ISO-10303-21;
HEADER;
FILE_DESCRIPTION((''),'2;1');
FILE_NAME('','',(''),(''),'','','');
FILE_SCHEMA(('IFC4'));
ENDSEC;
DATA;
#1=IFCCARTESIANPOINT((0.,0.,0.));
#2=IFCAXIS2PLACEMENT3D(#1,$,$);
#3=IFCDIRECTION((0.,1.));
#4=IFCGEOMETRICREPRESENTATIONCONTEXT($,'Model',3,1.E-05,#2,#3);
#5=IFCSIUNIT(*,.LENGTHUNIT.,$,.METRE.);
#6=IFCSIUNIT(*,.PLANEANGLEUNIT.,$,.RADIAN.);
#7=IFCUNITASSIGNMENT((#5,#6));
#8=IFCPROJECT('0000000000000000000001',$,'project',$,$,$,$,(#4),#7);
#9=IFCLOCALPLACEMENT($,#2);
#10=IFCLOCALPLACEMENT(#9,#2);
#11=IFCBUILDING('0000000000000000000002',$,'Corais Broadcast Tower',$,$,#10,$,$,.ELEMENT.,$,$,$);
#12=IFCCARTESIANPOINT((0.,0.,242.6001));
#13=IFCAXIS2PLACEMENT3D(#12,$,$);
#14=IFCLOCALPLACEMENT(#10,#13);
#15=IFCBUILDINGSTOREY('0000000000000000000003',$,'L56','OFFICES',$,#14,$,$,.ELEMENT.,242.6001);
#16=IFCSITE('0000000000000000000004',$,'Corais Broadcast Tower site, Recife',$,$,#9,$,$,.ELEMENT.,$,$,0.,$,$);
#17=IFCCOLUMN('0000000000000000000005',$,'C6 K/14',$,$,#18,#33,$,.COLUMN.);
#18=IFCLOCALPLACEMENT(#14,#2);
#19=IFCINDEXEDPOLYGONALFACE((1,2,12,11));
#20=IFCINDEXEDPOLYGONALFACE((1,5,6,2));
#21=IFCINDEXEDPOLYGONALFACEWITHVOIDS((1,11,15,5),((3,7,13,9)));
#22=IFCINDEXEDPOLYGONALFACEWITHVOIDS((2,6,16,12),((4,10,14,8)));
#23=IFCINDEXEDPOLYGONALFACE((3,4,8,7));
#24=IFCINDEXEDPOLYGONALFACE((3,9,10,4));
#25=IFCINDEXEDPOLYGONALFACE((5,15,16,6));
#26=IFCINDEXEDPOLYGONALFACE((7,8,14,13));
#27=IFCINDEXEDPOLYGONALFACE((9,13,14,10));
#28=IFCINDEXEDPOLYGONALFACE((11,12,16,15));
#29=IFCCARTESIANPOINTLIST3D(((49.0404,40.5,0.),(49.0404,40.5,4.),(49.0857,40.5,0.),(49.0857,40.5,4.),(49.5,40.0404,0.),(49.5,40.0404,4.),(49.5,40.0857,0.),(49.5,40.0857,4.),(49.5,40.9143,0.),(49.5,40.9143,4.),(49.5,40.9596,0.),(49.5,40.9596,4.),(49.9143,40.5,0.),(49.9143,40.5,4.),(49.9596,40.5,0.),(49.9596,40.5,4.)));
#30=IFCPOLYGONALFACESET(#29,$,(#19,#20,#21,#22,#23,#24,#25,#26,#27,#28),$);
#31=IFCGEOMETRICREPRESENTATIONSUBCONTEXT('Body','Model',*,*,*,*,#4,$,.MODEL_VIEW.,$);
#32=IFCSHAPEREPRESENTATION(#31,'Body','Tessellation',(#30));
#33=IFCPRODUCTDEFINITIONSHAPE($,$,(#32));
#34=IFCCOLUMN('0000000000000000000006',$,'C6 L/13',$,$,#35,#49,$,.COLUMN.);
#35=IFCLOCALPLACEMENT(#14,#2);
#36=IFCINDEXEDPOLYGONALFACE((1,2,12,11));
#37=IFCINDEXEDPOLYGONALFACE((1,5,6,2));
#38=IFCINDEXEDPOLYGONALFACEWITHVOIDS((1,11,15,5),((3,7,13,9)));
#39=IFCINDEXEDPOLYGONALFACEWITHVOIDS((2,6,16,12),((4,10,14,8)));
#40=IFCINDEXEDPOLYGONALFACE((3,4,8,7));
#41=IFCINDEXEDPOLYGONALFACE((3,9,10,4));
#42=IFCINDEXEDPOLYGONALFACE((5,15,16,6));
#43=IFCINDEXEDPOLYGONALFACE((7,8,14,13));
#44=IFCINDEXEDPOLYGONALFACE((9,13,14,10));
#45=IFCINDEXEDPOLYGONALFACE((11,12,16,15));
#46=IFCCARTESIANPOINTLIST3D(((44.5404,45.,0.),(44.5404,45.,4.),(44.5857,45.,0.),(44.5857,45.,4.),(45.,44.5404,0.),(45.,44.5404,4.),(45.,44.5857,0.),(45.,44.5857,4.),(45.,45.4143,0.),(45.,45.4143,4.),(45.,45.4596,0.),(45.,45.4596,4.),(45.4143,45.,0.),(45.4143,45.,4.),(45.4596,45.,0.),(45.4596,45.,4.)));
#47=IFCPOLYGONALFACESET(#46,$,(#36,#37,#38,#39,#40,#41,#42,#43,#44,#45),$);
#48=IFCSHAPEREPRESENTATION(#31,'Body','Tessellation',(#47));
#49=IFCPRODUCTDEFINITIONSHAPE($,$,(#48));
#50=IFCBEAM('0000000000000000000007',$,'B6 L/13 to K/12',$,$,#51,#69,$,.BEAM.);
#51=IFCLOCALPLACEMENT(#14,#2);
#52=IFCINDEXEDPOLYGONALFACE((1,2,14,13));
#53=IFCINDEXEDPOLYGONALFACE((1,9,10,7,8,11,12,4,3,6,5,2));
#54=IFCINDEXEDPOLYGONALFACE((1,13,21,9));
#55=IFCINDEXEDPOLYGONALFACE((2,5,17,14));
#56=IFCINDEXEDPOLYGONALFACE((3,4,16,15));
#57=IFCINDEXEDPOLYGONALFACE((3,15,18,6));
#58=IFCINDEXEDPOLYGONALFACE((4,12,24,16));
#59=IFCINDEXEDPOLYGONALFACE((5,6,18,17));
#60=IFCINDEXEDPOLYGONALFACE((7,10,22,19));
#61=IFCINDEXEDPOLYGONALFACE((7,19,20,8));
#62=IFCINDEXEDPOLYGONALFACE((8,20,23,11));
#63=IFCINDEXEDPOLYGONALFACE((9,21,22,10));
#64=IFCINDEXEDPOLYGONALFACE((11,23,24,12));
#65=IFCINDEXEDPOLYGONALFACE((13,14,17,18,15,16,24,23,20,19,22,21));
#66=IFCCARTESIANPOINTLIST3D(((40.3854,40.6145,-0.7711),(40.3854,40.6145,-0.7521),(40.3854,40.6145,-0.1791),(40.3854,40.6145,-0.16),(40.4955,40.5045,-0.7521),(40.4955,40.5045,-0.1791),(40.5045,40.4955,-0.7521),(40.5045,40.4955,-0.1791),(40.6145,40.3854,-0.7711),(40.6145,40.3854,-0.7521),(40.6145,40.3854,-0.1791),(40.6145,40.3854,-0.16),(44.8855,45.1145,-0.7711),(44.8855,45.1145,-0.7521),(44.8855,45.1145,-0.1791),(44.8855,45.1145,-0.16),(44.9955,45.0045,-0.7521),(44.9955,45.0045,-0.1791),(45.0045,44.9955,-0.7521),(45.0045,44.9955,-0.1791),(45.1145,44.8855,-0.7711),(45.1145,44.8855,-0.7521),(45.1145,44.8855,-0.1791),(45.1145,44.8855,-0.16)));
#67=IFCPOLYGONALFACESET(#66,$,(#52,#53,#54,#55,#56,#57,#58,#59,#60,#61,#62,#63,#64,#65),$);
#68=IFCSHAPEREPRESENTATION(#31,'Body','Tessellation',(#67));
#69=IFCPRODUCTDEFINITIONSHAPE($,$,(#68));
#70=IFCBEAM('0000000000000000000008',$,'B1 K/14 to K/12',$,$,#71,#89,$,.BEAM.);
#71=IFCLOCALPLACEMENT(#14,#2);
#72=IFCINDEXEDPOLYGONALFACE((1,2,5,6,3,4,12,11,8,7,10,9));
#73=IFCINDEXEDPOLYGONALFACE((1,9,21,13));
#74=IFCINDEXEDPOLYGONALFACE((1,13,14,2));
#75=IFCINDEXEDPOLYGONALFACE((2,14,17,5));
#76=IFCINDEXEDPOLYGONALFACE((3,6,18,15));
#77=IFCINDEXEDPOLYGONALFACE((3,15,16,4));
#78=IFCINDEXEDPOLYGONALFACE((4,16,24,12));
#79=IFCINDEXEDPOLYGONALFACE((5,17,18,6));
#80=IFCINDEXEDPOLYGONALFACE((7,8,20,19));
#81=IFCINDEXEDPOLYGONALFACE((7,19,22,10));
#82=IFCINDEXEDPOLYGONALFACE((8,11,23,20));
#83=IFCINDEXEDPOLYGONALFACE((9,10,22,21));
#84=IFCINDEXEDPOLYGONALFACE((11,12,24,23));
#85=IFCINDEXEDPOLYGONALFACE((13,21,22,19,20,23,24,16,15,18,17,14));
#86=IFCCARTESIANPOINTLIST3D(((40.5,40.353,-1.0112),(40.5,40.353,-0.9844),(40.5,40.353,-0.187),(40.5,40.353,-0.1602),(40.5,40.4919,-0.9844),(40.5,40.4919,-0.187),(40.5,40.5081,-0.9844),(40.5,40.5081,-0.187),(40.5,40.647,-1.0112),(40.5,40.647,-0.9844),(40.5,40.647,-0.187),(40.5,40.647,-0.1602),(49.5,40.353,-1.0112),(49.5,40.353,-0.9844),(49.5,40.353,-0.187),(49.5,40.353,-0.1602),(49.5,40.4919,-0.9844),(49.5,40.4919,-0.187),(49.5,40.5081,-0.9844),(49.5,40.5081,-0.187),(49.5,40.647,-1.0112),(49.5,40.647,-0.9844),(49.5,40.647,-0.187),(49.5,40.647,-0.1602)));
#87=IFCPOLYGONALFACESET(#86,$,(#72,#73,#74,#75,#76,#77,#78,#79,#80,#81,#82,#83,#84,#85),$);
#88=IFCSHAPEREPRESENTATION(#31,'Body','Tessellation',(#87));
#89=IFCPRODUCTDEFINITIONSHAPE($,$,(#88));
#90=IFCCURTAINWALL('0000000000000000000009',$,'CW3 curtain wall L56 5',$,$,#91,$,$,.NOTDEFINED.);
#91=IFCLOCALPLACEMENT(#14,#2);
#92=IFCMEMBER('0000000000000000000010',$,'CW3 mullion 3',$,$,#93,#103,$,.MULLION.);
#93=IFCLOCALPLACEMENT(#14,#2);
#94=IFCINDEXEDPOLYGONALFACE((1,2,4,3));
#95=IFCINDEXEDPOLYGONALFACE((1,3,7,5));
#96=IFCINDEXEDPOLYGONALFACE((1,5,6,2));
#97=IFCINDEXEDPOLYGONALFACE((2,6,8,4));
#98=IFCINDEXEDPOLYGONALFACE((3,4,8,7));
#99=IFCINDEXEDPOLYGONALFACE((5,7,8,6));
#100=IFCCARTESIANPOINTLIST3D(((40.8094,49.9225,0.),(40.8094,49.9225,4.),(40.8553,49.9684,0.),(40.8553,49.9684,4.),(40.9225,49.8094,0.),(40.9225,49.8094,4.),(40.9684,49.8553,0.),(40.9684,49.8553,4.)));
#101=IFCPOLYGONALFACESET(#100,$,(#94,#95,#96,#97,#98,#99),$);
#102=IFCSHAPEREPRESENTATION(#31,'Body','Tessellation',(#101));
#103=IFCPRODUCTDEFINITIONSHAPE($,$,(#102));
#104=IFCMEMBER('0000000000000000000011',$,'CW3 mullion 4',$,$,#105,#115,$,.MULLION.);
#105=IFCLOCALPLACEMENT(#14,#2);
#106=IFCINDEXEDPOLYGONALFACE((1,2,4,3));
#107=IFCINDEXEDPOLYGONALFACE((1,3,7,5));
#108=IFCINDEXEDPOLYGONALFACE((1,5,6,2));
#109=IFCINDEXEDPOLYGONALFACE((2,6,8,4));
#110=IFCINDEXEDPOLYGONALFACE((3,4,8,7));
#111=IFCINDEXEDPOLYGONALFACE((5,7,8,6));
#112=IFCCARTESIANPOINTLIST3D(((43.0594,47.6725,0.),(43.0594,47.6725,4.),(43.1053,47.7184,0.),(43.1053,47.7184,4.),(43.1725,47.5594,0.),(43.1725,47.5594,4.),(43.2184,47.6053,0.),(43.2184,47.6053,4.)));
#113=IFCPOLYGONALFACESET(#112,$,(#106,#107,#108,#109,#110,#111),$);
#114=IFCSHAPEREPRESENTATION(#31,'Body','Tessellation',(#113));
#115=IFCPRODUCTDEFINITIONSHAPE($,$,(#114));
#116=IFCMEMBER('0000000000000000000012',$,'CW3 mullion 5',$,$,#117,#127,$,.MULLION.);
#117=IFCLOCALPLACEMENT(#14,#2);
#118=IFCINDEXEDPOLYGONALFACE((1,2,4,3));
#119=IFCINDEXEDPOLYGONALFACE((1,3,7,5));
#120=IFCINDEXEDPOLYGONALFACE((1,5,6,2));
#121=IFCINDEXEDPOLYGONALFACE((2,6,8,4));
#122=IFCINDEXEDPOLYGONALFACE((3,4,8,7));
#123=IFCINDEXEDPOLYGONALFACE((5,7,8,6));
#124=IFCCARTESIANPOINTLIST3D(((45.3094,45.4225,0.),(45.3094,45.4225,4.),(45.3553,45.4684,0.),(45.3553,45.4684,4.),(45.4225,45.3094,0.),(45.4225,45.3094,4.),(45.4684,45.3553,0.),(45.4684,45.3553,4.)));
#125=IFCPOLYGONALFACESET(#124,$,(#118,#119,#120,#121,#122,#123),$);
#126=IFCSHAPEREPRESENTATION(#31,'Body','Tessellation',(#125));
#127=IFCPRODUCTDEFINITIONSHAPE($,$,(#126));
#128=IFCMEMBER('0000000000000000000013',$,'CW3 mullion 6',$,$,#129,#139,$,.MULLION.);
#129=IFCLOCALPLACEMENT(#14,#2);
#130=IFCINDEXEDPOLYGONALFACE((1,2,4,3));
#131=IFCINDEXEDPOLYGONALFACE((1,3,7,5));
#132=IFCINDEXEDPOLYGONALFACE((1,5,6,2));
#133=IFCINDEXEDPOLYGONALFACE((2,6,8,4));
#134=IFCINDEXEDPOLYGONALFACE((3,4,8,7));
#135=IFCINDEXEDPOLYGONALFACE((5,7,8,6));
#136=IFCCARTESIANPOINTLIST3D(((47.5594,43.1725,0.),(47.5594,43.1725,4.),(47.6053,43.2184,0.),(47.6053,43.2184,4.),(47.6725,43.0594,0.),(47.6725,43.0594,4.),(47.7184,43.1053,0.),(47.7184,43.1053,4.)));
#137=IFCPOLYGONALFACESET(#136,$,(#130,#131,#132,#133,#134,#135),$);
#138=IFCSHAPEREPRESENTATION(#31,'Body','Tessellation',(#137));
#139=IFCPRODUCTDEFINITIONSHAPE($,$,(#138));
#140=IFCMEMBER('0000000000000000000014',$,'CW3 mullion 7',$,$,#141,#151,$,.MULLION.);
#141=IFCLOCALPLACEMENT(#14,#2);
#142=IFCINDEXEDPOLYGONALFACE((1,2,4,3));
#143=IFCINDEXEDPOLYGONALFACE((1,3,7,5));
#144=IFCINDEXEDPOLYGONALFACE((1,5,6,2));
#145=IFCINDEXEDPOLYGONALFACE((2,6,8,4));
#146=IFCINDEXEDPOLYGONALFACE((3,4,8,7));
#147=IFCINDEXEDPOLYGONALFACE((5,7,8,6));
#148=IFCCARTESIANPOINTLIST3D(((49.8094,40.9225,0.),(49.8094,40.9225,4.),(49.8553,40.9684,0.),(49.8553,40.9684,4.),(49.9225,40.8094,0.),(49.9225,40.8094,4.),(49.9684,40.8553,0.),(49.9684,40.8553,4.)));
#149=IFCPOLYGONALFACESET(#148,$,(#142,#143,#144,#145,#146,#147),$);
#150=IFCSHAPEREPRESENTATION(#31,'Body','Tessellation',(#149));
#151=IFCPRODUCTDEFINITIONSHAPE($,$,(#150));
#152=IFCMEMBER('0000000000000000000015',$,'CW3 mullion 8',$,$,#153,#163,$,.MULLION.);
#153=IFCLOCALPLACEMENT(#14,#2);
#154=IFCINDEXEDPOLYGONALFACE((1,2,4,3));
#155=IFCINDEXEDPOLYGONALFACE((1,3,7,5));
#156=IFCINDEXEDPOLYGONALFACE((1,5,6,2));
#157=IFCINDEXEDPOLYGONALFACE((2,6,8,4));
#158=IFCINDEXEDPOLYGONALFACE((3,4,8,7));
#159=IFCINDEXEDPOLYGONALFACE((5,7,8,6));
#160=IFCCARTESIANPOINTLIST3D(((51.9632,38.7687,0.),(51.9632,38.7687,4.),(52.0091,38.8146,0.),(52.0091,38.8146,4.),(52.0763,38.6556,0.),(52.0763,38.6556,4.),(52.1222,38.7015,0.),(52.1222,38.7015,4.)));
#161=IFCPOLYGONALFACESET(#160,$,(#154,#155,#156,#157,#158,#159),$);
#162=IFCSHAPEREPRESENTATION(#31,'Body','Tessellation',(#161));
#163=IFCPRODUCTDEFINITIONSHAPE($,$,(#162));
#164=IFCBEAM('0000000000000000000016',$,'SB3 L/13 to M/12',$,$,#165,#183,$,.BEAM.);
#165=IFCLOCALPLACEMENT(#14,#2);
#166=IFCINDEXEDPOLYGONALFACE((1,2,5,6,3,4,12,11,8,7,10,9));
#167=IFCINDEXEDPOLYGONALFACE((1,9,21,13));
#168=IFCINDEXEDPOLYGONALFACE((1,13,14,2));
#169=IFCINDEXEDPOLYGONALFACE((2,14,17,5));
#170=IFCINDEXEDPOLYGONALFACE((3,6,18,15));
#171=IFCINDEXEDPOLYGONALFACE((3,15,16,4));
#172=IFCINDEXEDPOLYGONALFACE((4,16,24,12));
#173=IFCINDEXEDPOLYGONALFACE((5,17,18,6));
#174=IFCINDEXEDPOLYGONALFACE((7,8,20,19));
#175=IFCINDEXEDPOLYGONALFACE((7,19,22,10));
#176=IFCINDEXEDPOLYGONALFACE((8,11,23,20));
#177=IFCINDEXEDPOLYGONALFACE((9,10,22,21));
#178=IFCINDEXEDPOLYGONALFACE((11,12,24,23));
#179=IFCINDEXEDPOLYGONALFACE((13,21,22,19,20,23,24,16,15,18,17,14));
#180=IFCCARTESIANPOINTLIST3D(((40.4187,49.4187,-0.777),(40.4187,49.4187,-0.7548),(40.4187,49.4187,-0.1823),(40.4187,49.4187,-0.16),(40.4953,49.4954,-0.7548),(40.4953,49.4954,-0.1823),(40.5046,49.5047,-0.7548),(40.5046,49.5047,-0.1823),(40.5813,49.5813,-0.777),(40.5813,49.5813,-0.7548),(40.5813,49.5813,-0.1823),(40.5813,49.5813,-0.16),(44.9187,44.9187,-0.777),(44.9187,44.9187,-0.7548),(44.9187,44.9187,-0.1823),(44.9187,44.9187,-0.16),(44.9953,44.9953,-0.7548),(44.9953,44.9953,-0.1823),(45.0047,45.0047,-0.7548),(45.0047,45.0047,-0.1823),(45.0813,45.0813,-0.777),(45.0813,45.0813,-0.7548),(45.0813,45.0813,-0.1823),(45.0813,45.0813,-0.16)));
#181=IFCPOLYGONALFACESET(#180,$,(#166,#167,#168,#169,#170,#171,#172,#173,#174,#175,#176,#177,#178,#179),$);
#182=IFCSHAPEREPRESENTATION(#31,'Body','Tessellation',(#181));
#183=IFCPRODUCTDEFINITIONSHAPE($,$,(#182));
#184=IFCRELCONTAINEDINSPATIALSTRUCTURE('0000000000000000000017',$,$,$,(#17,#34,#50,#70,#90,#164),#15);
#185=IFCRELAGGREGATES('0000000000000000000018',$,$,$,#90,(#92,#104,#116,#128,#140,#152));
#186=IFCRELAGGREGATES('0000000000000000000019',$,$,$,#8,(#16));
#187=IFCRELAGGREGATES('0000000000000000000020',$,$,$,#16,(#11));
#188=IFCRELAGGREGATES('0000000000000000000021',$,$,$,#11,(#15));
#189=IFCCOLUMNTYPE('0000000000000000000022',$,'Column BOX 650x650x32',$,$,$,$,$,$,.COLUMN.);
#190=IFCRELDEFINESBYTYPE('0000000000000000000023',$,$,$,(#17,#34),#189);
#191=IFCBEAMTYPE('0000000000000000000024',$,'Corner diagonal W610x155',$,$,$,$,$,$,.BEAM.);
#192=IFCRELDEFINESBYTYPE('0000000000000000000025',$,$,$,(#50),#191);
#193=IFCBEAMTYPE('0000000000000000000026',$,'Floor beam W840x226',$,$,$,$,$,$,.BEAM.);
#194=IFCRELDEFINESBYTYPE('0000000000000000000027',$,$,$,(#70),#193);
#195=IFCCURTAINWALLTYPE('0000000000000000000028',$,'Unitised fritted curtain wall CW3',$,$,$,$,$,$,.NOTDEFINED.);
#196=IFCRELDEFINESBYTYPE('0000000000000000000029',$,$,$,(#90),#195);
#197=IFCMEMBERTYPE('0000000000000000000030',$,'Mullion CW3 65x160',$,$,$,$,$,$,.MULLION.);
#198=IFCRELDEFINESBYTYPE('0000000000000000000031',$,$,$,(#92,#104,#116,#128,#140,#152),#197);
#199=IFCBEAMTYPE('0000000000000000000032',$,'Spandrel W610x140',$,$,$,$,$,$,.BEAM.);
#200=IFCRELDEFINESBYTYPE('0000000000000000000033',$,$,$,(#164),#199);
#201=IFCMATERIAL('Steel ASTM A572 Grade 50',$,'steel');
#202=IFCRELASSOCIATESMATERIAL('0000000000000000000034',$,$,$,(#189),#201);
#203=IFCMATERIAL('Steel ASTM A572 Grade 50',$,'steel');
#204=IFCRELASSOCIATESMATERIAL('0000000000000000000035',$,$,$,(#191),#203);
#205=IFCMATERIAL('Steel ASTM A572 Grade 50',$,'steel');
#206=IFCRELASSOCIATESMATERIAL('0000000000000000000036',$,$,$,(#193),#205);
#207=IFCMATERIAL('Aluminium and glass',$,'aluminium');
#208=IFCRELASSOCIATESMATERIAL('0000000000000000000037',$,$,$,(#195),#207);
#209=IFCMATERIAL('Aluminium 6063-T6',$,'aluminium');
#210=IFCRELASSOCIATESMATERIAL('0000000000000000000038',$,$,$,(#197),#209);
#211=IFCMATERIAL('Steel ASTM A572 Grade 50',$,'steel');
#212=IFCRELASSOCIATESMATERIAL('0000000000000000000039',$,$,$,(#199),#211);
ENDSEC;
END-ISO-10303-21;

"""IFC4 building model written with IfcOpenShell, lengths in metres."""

from ifc_helpers import new_model, si_unit, direction, frame, origin, origin_2d, place, context, subcontext, project, spatial, rectangle, hollow_rectangle, i_section, extrude, material, material_profile, profile_set, type_object, element, aggregate, save


model = new_model("IFC4")

# Units and contexts
model_context = context("Model", 3, precision=1e-05, world=origin(), true_north=direction((0.0, 1.0)))
body_context = subcontext(model_context, "Body", "Model", "MODEL_VIEW")
ifc_project = project(units=[si_unit("LENGTHUNIT", "METRE"), si_unit("PLANEANGLEUNIT", "RADIAN")], contexts=[model_context])

# Site, building, storey
site_placement = place(None, origin())
site = spatial("IfcSite", under=ifc_project, at=site_placement, Name="Corais Broadcast Tower site, Recife", CompositionType="ELEMENT", RefElevation=0.0)
building_placement = place(site_placement, origin())
building = spatial("IfcBuilding", under=site, at=building_placement, Name="Corais Broadcast Tower", CompositionType="ELEMENT")
storey_placement = place(building_placement, frame((0.0, 0.0, 242.6001)))
storey = spatial("IfcBuildingStorey", under=building, at=storey_placement, Name="L56", Description="OFFICES", CompositionType="ELEMENT", Elevation=242.6001)

# Columns
ifc_material_1 = material(Name="Steel ASTM A572 Grade 50", Category="steel")
ifc_material_profile_1 = material_profile(ifc_material_1, hollow_rectangle(XDim=0.6499, YDim=0.6499, WallThickness=0.032, at=origin_2d()), Name="BOX 650x650x32")
ifc_profile_set_1 = profile_set([ifc_material_profile_1], Name="Steel ASTM A572 Grade 50")
column_type = type_object("IfcColumnType", Name="Column BOX 650x650x32", PredefinedType="COLUMN", material=ifc_profile_set_1)
for number, where, z_axis, x_axis, name in (
    (1, (49.5, 40.5, 0.0), (0.0, 0.0, 1.0), (0.707107, 0.707107, 0.0), "C6 K/14"),
    (2, (45.0, 45.0, 0.0), (0.0, 0.0, 1.0), (0.707107, 0.707107, 0.0), "C6 L/13"),
):
    element("IfcColumn", number, at=place(storey_placement, frame(where, z_axis=z_axis, x_axis=x_axis)), inside=storey, type_object=column_type, Name=name, PredefinedType="COLUMN", context=body_context, shape_type="SweptSolid", body=[
        extrude(hollow_rectangle(XDim=0.6499, YDim=0.6499, WallThickness=0.032, at=origin_2d()), origin(), (0.0, 0.0, 1.0), 4.0),
    ])

# Beams
ifc_material_2 = material(Name="Steel ASTM A572 Grade 50", Category="steel")
ifc_material_profile_2 = material_profile(ifc_material_2, i_section(OverallWidth=0.324, OverallDepth=0.6111, WebThickness=0.0127, FlangeThickness=0.019, at=origin_2d()), Name="W610x155")
ifc_profile_set_2 = profile_set([ifc_material_profile_2], Name="Steel ASTM A572 Grade 50")
beam_type_1 = type_object("IfcBeamType", Name="Corner diagonal W610x155", PredefinedType="BEAM", material=ifc_profile_set_2)
beam_1_placement = place(storey_placement, frame((45.0, 45.0, -0.4656), z_axis=(-0.707107, -0.707107, 0.0), x_axis=(0.707107, -0.707107, 0.0)))
element("IfcBeam", 3, at=beam_1_placement, inside=storey, type_object=beam_type_1, Name="B6 L/13 to K/12", PredefinedType="BEAM", context=body_context, shape_type="SweptSolid", body=[
    extrude(i_section(OverallWidth=0.324, OverallDepth=0.6111, WebThickness=0.0127, FlangeThickness=0.019, at=origin_2d()), origin(), (0.0, 0.0, 1.0), 6.364),
])
ifc_material_3 = material(Name="Steel ASTM A572 Grade 50", Category="steel")
ifc_material_profile_3 = material_profile(ifc_material_3, i_section(OverallWidth=0.2939, OverallDepth=0.8511, WebThickness=0.0161, FlangeThickness=0.0269, at=origin_2d()), Name="W840x226")
ifc_profile_set_3 = profile_set([ifc_material_profile_3], Name="Steel ASTM A572 Grade 50")
beam_type_2 = type_object("IfcBeamType", Name="Floor beam W840x226", PredefinedType="BEAM", material=ifc_profile_set_3)
beam_2_placement = place(storey_placement, frame((49.5, 40.5, -0.5857), z_axis=(-1.0, 0.0, 0.0), x_axis=(0.0, -1.0, 0.0)))
element("IfcBeam", 4, at=beam_2_placement, inside=storey, type_object=beam_type_2, Name="B1 K/14 to K/12", PredefinedType="BEAM", context=body_context, shape_type="SweptSolid", body=[
    extrude(i_section(OverallWidth=0.2939, OverallDepth=0.8511, WebThickness=0.0161, FlangeThickness=0.0269, at=origin_2d()), origin(), (0.0, 0.0, 1.0), 9.0),
])

# Curtain wall, members
ifc_material_4 = material(Name="Aluminium and glass", Category="aluminium")
curtain_wall_type = type_object("IfcCurtainWallType", Name="Unitised fritted curtain wall CW3", PredefinedType="NOTDEFINED", material=ifc_material_4)
curtain_wall_placement = place(storey_placement, origin())
curtain_wall = element("IfcCurtainWall", 5, at=curtain_wall_placement, inside=storey, type_object=curtain_wall_type, Name="CW3 curtain wall L56 5", PredefinedType="NOTDEFINED")
ifc_material_5 = material(Name="Aluminium 6063-T6", Category="aluminium")
ifc_material_profile_4 = material_profile(ifc_material_5, rectangle(XDim=0.0649, YDim=0.1599, at=origin_2d()), Name="Mullion CW3 65x160")
ifc_profile_set_4 = profile_set([ifc_material_profile_4], Name="Aluminium 6063-T6")
member_type_1 = type_object("IfcMemberType", Name="Mullion CW3 65x160", PredefinedType="MULLION", material=ifc_profile_set_4)
member_1_placement = place(storey_placement, frame((40.8889, 49.8889, 0.0), z_axis=(0.0, 0.0, 1.0), x_axis=(0.707107, 0.707107, 0.0)))
member_1 = element("IfcMember", 6, at=member_1_placement, type_object=member_type_1, Name="CW3 mullion 3", PredefinedType="MULLION", context=body_context, shape_type="SweptSolid", body=[
    extrude(rectangle(XDim=0.0649, YDim=0.1599, at=origin_2d()), origin(), (0.0, 0.0, 1.0), 4.0),
])
member_2_placement = place(storey_placement, frame((43.1389, 47.6389, 0.0), z_axis=(0.0, 0.0, 1.0), x_axis=(0.707107, 0.707107, 0.0)))
member_2 = element("IfcMember", 7, at=member_2_placement, type_object=member_type_1, Name="CW3 mullion 4", PredefinedType="MULLION", context=body_context, shape_type="SweptSolid", body=[
    extrude(rectangle(XDim=0.0649, YDim=0.1599, at=origin_2d()), origin(), (0.0, 0.0, 1.0), 4.0),
])
member_3_placement = place(storey_placement, frame((45.3889, 45.3889, 0.0), z_axis=(0.0, 0.0, 1.0), x_axis=(0.707107, 0.707107, 0.0)))
member_3 = element("IfcMember", 8, at=member_3_placement, type_object=member_type_1, Name="CW3 mullion 5", PredefinedType="MULLION", context=body_context, shape_type="SweptSolid", body=[
    extrude(rectangle(XDim=0.0649, YDim=0.1599, at=origin_2d()), origin(), (0.0, 0.0, 1.0), 4.0),
])
member_4_placement = place(storey_placement, frame((47.6389, 43.1389, 0.0), z_axis=(0.0, 0.0, 1.0), x_axis=(0.707107, 0.707107, 0.0)))
member_4 = element("IfcMember", 9, at=member_4_placement, type_object=member_type_1, Name="CW3 mullion 6", PredefinedType="MULLION", context=body_context, shape_type="SweptSolid", body=[
    extrude(rectangle(XDim=0.0649, YDim=0.1599, at=origin_2d()), origin(), (0.0, 0.0, 1.0), 4.0),
])
member_5_placement = place(storey_placement, frame((49.8889, 40.8889, 0.0), z_axis=(0.0, 0.0, 1.0), x_axis=(0.707107, 0.707107, 0.0)))
member_5 = element("IfcMember", 10, at=member_5_placement, type_object=member_type_1, Name="CW3 mullion 7", PredefinedType="MULLION", context=body_context, shape_type="SweptSolid", body=[
    extrude(rectangle(XDim=0.0649, YDim=0.1599, at=origin_2d()), origin(), (0.0, 0.0, 1.0), 4.0),
])
member_6_placement = place(storey_placement, frame((52.0427, 38.7351, 0.0), z_axis=(0.0, 0.0, 1.0), x_axis=(0.707107, 0.707107, 0.0)))
member_6 = element("IfcMember", 11, at=member_6_placement, type_object=member_type_1, Name="CW3 mullion 8", PredefinedType="MULLION", context=body_context, shape_type="SweptSolid", body=[
    extrude(rectangle(XDim=0.0649, YDim=0.1599, at=origin_2d()), origin(), (0.0, 0.0, 1.0), 4.0),
])

# Beam
ifc_material_6 = material(Name="Steel ASTM A572 Grade 50", Category="steel")
ifc_material_profile_5 = material_profile(ifc_material_6, i_section(OverallWidth=0.23, OverallDepth=0.6169, WebThickness=0.0132, FlangeThickness=0.0222, at=origin_2d()), Name="W610x140")
ifc_profile_set_5 = profile_set([ifc_material_profile_5], Name="Steel ASTM A572 Grade 50")
beam_type_3 = type_object("IfcBeamType", Name="Spandrel W610x140", PredefinedType="BEAM", material=ifc_profile_set_5)
for number, where, z_axis, x_axis, name in (
    (12, (45.0, 45.0, -0.4685), (-0.707107, 0.707107, 0.0), (-0.707107, -0.707107, 0.0), "SB3 L/13 to M/12"),
):
    element("IfcBeam", number, at=place(storey_placement, frame(where, z_axis=z_axis, x_axis=x_axis)), inside=storey, type_object=beam_type_3, Name=name, PredefinedType="BEAM", context=body_context, shape_type="SweptSolid", body=[
        extrude(i_section(OverallWidth=0.23, OverallDepth=0.6169, WebThickness=0.0132, FlangeThickness=0.0222, at=origin_2d()), origin(), (0.0, 0.0, 1.0), 6.364),
    ])

aggregate(curtain_wall, [member_1, member_2, member_3, member_4, member_5, member_6])

save(model, "model.ifc")
